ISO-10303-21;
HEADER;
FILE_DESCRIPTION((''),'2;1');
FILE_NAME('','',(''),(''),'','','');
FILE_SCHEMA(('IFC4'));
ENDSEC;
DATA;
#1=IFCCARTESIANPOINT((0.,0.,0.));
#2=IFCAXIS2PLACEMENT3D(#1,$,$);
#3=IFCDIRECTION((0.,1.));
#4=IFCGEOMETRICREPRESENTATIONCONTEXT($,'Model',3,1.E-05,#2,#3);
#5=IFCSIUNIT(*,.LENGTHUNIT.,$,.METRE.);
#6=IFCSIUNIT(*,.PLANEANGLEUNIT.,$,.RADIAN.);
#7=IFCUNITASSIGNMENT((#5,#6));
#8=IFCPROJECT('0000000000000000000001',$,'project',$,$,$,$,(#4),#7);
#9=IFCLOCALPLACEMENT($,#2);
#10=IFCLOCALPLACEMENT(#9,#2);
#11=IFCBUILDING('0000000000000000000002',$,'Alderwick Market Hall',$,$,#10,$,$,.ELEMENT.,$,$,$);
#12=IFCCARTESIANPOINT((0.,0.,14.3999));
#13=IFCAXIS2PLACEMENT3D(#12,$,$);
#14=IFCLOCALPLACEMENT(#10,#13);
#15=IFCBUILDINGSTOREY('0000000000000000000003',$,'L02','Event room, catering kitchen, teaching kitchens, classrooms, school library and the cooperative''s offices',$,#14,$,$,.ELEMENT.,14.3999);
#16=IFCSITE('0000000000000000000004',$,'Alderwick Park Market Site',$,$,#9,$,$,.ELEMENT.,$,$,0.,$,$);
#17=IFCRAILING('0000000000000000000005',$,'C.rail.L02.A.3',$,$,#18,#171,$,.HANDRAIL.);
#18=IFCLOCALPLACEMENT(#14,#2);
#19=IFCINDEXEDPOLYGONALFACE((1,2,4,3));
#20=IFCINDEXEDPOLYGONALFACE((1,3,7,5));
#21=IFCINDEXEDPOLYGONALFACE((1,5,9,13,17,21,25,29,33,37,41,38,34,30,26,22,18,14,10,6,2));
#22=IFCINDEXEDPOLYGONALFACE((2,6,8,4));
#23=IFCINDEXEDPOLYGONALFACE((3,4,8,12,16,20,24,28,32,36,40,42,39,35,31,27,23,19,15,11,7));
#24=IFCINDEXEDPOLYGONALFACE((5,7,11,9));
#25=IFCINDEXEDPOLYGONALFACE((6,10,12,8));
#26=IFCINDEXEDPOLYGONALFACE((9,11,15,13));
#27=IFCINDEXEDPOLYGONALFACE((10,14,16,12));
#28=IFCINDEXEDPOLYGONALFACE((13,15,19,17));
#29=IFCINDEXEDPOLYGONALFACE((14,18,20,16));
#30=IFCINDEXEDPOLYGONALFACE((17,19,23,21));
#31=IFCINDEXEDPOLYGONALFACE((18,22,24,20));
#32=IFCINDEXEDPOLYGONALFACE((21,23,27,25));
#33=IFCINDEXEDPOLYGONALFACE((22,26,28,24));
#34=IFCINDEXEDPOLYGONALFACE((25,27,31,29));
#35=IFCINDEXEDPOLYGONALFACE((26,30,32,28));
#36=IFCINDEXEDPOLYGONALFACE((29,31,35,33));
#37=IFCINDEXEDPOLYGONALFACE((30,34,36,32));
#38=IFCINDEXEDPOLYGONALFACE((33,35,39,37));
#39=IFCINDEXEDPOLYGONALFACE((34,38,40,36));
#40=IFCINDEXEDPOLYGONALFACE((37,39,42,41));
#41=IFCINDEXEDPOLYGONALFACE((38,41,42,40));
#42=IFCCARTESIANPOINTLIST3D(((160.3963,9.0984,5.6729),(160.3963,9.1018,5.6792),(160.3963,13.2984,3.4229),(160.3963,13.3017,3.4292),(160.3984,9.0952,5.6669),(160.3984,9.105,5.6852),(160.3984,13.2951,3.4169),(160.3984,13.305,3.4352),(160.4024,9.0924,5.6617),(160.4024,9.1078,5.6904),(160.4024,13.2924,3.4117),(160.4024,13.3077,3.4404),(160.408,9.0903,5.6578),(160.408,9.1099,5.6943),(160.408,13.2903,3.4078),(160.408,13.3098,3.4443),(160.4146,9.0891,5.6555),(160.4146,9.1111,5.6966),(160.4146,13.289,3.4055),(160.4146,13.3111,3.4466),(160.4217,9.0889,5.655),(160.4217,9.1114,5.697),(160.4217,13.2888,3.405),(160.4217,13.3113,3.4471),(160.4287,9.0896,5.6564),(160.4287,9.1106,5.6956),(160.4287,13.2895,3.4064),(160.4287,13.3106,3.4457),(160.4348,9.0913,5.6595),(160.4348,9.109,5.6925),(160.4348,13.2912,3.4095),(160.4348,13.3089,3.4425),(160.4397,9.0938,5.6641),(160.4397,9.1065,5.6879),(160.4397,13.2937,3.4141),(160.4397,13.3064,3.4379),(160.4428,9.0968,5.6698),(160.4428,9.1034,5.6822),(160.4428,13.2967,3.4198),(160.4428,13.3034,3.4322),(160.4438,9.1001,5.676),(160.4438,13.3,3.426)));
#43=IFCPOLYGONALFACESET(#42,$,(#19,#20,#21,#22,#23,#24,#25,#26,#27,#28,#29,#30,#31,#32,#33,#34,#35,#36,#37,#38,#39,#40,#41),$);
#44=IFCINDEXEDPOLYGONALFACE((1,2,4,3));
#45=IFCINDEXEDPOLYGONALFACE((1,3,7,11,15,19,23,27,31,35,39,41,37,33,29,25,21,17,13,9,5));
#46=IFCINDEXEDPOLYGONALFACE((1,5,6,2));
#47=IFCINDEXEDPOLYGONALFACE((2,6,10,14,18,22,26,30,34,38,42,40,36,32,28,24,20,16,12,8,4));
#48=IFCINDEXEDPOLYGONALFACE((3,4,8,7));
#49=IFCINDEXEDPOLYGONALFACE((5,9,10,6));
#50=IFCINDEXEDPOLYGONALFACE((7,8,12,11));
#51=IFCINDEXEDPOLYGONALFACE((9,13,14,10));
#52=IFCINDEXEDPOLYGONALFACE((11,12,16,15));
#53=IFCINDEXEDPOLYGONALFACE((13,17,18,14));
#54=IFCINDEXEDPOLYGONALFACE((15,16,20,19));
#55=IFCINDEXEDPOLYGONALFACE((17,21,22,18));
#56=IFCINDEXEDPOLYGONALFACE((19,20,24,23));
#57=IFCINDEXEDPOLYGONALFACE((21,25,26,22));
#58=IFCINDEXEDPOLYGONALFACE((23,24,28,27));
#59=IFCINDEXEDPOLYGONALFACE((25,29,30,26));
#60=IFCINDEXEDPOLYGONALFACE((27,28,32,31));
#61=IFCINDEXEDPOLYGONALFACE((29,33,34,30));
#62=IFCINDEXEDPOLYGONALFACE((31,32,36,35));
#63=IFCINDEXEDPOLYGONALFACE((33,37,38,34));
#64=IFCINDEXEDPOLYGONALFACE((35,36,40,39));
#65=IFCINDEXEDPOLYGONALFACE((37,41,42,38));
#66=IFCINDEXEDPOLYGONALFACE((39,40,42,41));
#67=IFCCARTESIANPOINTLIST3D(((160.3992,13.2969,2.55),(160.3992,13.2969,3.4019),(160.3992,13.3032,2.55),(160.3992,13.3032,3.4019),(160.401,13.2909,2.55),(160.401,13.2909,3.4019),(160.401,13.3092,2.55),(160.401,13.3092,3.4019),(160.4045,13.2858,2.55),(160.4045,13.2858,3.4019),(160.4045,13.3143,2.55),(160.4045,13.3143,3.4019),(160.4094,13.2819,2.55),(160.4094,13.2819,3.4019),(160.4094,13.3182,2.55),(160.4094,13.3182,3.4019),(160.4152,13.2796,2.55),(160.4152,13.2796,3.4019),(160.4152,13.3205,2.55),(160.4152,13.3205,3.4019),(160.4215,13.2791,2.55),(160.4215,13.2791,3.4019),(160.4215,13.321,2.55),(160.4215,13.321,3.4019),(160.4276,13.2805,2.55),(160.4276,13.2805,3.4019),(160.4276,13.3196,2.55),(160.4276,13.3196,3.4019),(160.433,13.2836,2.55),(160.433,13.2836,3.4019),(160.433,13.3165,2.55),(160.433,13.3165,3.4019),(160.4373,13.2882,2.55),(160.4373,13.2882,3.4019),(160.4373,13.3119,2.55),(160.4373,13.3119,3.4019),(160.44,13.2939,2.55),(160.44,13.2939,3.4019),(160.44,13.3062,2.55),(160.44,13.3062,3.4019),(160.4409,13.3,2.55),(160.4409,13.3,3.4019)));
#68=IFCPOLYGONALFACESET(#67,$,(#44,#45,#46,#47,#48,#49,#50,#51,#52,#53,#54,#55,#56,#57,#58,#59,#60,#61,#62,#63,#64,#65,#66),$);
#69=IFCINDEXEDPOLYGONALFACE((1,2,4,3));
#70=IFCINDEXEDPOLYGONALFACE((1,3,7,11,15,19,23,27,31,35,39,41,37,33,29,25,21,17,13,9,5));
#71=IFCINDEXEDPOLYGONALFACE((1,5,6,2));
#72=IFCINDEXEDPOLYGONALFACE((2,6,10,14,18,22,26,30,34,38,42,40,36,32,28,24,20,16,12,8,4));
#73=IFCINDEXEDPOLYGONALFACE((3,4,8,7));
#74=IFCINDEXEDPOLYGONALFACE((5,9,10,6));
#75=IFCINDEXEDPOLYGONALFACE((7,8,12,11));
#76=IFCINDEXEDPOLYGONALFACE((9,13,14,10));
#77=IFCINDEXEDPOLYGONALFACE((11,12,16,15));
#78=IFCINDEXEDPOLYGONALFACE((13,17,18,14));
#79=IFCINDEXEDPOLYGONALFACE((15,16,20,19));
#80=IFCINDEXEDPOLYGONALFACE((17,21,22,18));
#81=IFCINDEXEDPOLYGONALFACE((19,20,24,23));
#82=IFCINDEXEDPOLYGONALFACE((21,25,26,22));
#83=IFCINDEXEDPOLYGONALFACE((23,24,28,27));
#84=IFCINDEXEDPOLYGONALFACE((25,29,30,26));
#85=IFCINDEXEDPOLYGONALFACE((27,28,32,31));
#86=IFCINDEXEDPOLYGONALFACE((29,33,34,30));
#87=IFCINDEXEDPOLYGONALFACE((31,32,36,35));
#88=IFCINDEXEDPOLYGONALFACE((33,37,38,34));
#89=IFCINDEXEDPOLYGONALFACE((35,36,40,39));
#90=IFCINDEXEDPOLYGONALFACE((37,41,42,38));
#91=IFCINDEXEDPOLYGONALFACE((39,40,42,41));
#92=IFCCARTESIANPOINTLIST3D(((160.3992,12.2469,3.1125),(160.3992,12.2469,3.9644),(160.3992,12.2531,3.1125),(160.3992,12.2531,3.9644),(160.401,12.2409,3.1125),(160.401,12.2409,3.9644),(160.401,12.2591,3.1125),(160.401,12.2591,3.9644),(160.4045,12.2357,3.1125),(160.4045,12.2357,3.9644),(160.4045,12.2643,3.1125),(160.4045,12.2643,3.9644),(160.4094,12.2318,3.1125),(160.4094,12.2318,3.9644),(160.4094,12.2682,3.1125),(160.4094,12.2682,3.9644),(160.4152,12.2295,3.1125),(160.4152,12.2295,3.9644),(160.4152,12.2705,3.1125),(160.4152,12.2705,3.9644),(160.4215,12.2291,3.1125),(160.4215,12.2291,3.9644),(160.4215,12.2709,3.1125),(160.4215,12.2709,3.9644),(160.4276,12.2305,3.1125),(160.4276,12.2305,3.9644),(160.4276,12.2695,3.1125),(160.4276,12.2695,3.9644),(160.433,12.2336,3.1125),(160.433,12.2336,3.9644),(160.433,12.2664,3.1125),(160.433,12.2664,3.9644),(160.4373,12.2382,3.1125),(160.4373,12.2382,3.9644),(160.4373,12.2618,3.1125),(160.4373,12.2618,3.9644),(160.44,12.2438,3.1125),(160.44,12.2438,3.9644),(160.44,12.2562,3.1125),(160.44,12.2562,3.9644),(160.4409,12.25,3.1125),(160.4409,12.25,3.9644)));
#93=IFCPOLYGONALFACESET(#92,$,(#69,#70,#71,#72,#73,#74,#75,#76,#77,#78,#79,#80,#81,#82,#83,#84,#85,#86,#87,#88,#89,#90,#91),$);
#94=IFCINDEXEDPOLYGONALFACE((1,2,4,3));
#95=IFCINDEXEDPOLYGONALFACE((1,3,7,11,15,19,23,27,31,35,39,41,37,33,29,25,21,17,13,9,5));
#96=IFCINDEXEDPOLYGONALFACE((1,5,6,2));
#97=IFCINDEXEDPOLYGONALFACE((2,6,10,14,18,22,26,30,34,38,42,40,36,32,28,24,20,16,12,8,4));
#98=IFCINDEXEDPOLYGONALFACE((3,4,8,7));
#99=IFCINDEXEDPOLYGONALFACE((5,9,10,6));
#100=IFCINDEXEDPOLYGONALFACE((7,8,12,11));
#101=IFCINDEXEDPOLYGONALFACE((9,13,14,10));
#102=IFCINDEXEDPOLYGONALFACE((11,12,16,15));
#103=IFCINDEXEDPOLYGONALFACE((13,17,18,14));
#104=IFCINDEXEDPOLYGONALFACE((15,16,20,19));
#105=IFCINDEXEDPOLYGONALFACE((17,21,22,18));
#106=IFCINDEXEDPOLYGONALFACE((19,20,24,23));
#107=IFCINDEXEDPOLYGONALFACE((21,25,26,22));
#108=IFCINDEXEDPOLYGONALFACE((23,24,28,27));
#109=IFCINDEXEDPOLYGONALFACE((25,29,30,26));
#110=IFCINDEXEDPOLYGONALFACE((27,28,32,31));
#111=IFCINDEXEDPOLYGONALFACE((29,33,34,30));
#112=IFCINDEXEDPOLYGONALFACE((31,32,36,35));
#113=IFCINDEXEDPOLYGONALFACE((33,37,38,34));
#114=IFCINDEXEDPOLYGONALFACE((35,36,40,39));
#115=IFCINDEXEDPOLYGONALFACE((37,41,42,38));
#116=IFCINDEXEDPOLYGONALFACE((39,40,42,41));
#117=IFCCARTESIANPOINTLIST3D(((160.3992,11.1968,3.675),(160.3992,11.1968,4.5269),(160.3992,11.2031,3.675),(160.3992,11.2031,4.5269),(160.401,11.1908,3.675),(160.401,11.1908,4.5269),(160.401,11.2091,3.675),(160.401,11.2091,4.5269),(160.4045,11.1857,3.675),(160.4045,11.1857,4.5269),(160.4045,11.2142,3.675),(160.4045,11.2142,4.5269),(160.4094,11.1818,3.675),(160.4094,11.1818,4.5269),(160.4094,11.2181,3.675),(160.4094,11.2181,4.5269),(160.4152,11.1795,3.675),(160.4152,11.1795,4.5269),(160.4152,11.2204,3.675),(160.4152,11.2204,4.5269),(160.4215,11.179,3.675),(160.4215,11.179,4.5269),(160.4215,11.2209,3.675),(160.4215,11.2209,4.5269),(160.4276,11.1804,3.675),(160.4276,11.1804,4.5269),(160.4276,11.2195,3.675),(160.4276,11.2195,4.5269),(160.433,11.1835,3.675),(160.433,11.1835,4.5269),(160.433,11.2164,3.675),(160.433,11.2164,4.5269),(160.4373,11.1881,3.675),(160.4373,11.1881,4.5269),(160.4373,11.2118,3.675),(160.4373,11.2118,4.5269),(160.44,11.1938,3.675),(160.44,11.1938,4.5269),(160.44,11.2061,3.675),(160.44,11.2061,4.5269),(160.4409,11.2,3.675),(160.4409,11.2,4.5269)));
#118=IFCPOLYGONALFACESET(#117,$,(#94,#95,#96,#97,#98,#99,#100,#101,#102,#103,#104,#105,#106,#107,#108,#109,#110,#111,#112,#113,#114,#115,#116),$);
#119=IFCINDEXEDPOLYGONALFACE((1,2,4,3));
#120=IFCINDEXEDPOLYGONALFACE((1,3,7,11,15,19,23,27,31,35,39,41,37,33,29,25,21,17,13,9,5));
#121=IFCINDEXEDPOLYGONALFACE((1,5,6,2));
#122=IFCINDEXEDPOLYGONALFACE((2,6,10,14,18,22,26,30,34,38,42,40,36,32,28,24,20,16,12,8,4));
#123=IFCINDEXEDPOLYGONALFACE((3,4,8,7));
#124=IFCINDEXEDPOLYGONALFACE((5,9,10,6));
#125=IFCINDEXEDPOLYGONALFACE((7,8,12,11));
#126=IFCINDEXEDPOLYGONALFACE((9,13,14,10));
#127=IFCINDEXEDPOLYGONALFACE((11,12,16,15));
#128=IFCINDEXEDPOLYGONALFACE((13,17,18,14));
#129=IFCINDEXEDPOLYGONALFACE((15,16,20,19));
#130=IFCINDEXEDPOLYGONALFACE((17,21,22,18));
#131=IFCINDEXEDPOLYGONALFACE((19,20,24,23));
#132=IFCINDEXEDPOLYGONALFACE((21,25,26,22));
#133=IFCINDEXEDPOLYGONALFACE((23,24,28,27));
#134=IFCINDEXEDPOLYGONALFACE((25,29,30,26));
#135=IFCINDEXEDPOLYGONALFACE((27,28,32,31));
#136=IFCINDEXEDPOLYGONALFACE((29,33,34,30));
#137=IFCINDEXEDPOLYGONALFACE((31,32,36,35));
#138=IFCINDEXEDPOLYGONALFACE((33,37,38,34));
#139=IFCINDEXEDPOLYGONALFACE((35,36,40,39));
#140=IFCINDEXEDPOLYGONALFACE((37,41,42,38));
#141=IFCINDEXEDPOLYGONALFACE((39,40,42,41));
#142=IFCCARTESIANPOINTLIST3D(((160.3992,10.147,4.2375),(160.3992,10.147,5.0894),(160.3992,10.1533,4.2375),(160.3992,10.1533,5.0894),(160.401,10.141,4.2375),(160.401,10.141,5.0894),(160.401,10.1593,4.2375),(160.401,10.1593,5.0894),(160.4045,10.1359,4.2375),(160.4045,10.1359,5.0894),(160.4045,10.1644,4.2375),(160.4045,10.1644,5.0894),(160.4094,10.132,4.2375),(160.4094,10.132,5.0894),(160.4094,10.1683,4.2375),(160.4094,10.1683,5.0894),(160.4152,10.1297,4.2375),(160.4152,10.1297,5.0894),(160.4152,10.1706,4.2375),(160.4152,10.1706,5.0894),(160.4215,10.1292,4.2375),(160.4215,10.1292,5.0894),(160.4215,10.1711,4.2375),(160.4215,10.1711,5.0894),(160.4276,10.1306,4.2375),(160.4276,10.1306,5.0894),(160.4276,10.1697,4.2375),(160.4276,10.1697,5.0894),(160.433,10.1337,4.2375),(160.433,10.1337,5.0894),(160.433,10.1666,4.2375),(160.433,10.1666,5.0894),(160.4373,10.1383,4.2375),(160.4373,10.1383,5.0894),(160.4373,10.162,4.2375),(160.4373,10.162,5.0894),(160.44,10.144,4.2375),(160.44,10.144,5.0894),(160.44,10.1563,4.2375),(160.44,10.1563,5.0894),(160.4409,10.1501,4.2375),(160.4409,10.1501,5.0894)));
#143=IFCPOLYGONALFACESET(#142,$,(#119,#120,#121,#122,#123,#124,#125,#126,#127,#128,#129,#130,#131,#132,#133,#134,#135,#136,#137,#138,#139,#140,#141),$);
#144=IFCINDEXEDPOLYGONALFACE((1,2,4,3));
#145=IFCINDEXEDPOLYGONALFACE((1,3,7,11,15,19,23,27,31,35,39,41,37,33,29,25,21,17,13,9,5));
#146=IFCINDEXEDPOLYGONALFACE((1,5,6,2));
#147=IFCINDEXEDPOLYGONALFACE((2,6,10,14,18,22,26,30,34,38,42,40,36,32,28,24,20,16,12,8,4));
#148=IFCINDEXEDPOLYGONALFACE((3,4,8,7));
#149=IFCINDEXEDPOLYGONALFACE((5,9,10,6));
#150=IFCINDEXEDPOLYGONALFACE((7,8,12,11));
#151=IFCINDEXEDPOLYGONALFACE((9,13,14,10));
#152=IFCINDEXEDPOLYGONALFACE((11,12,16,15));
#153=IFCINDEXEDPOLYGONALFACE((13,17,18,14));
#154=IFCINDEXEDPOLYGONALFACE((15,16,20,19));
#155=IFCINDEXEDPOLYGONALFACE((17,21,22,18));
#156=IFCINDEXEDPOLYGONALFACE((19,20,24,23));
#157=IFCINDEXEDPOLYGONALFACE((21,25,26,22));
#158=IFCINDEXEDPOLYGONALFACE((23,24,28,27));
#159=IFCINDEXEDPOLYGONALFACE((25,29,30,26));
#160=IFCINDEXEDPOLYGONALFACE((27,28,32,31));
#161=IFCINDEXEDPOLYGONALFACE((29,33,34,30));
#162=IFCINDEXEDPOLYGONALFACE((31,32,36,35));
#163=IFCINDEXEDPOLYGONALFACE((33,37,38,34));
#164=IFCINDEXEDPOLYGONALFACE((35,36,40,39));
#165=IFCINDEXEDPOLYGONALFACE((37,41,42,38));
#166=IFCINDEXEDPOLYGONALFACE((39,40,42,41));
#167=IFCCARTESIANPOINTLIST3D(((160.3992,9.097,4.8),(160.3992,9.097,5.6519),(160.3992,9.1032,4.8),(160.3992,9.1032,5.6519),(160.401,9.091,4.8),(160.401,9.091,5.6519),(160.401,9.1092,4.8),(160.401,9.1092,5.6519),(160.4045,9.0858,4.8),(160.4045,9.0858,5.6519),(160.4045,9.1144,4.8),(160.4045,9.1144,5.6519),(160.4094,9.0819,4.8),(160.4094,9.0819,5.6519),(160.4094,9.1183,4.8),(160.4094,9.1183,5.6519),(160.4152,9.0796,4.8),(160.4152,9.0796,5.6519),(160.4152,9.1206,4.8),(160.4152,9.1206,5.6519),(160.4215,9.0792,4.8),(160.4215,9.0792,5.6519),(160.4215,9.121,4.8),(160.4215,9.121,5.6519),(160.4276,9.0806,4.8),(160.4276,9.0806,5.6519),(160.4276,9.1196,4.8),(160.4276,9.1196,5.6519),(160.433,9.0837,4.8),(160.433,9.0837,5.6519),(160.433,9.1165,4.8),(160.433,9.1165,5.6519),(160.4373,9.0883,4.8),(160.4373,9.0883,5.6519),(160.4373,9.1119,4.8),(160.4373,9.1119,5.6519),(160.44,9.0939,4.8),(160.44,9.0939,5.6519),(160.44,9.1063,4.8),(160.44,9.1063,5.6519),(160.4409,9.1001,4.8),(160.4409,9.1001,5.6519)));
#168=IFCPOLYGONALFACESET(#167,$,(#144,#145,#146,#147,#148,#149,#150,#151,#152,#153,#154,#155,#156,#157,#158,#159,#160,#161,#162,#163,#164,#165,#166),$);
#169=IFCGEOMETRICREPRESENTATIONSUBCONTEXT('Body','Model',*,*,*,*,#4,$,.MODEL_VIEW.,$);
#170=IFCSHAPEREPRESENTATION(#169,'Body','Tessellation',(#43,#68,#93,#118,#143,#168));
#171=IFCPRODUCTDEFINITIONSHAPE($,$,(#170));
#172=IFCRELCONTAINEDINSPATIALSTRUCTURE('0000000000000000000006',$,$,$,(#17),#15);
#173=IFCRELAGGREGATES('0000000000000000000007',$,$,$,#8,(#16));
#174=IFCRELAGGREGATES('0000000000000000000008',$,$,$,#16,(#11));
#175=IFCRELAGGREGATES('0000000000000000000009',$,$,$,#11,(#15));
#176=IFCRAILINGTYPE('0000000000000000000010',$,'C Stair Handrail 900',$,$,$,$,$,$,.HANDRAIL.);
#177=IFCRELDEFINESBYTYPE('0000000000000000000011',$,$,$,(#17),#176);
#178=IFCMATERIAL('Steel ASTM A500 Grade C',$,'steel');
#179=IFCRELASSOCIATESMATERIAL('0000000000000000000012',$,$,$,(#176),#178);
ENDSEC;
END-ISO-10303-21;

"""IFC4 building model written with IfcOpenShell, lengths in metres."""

from ifc_helpers import new_model, si_unit, direction, frame, origin, origin_2d, place, context, subcontext, project, spatial, circle, extrude, material, type_object, element, save


model = new_model("IFC4")

# Units and contexts
model_context = context("Model", 3, precision=1e-05, world=origin(), true_north=direction((0.0, 1.0)))
body_context = subcontext(model_context, "Body", "Model", "MODEL_VIEW")
ifc_project = project(units=[si_unit("LENGTHUNIT", "METRE"), si_unit("PLANEANGLEUNIT", "RADIAN")], contexts=[model_context])

# Site, building, storey
site_placement = place(None, origin())
site = spatial("IfcSite", under=ifc_project, at=site_placement, Name="Alderwick Park Market Site", CompositionType="ELEMENT", RefElevation=0.0)
building_placement = place(site_placement, origin())
building = spatial("IfcBuilding", under=site, at=building_placement, Name="Alderwick Market Hall", CompositionType="ELEMENT")
storey_placement = place(building_placement, frame((0.0, 0.0, 14.3999)))
storey = spatial("IfcBuildingStorey", under=building, at=storey_placement, Name="L02", Description="Event room, catering kitchen, teaching kitchens, classrooms, school library and the cooperative's offices", CompositionType="ELEMENT", Elevation=14.3999)

# Railing
ifc_material_1 = material(Name="Steel ASTM A500 Grade C", Category="steel")
railing_type_1 = type_object("IfcRailingType", Name="C Stair Handrail 900", PredefinedType="HANDRAIL", material=ifc_material_1)
for number, where, name in (
    (1, (160.4199, 13.3, 2.55), "C.rail.L02.A.3"),
):
    element("IfcRailing", number, at=place(storey_placement, frame(where)), inside=storey, type_object=railing_type_1, Name=name, PredefinedType="HANDRAIL", context=body_context, shape_type="SweptSolid", body=[
        extrude(circle(Radius=0.0239, at=origin_2d()), frame((0.0, 0.0, 0.876), z_axis=(0.0, -0.881478, 0.472226), x_axis=(1.0, 0.0, 0.0)), (0.0, 0.0, 1.0), 4.7646),
        extrude(circle(Radius=0.021, at=origin_2d()), origin(), (0.0, 0.0, 1.0), 0.8518),
        extrude(circle(Radius=0.021, at=origin_2d()), frame((0.0, -1.05, 0.5625)), (0.0, 0.0, 1.0), 0.8518),
        extrude(circle(Radius=0.021, at=origin_2d()), frame((0.0, -2.1001, 1.125)), (0.0, 0.0, 1.0), 0.8518),
        extrude(circle(Radius=0.021, at=origin_2d()), frame((0.0, -3.1499, 1.6875)), (0.0, 0.0, 1.0), 0.8518),
        extrude(circle(Radius=0.021, at=origin_2d()), frame((0.0, -4.2, 2.25)), (0.0, 0.0, 1.0), 0.8518),
    ])

save(model, "model.ifc")
